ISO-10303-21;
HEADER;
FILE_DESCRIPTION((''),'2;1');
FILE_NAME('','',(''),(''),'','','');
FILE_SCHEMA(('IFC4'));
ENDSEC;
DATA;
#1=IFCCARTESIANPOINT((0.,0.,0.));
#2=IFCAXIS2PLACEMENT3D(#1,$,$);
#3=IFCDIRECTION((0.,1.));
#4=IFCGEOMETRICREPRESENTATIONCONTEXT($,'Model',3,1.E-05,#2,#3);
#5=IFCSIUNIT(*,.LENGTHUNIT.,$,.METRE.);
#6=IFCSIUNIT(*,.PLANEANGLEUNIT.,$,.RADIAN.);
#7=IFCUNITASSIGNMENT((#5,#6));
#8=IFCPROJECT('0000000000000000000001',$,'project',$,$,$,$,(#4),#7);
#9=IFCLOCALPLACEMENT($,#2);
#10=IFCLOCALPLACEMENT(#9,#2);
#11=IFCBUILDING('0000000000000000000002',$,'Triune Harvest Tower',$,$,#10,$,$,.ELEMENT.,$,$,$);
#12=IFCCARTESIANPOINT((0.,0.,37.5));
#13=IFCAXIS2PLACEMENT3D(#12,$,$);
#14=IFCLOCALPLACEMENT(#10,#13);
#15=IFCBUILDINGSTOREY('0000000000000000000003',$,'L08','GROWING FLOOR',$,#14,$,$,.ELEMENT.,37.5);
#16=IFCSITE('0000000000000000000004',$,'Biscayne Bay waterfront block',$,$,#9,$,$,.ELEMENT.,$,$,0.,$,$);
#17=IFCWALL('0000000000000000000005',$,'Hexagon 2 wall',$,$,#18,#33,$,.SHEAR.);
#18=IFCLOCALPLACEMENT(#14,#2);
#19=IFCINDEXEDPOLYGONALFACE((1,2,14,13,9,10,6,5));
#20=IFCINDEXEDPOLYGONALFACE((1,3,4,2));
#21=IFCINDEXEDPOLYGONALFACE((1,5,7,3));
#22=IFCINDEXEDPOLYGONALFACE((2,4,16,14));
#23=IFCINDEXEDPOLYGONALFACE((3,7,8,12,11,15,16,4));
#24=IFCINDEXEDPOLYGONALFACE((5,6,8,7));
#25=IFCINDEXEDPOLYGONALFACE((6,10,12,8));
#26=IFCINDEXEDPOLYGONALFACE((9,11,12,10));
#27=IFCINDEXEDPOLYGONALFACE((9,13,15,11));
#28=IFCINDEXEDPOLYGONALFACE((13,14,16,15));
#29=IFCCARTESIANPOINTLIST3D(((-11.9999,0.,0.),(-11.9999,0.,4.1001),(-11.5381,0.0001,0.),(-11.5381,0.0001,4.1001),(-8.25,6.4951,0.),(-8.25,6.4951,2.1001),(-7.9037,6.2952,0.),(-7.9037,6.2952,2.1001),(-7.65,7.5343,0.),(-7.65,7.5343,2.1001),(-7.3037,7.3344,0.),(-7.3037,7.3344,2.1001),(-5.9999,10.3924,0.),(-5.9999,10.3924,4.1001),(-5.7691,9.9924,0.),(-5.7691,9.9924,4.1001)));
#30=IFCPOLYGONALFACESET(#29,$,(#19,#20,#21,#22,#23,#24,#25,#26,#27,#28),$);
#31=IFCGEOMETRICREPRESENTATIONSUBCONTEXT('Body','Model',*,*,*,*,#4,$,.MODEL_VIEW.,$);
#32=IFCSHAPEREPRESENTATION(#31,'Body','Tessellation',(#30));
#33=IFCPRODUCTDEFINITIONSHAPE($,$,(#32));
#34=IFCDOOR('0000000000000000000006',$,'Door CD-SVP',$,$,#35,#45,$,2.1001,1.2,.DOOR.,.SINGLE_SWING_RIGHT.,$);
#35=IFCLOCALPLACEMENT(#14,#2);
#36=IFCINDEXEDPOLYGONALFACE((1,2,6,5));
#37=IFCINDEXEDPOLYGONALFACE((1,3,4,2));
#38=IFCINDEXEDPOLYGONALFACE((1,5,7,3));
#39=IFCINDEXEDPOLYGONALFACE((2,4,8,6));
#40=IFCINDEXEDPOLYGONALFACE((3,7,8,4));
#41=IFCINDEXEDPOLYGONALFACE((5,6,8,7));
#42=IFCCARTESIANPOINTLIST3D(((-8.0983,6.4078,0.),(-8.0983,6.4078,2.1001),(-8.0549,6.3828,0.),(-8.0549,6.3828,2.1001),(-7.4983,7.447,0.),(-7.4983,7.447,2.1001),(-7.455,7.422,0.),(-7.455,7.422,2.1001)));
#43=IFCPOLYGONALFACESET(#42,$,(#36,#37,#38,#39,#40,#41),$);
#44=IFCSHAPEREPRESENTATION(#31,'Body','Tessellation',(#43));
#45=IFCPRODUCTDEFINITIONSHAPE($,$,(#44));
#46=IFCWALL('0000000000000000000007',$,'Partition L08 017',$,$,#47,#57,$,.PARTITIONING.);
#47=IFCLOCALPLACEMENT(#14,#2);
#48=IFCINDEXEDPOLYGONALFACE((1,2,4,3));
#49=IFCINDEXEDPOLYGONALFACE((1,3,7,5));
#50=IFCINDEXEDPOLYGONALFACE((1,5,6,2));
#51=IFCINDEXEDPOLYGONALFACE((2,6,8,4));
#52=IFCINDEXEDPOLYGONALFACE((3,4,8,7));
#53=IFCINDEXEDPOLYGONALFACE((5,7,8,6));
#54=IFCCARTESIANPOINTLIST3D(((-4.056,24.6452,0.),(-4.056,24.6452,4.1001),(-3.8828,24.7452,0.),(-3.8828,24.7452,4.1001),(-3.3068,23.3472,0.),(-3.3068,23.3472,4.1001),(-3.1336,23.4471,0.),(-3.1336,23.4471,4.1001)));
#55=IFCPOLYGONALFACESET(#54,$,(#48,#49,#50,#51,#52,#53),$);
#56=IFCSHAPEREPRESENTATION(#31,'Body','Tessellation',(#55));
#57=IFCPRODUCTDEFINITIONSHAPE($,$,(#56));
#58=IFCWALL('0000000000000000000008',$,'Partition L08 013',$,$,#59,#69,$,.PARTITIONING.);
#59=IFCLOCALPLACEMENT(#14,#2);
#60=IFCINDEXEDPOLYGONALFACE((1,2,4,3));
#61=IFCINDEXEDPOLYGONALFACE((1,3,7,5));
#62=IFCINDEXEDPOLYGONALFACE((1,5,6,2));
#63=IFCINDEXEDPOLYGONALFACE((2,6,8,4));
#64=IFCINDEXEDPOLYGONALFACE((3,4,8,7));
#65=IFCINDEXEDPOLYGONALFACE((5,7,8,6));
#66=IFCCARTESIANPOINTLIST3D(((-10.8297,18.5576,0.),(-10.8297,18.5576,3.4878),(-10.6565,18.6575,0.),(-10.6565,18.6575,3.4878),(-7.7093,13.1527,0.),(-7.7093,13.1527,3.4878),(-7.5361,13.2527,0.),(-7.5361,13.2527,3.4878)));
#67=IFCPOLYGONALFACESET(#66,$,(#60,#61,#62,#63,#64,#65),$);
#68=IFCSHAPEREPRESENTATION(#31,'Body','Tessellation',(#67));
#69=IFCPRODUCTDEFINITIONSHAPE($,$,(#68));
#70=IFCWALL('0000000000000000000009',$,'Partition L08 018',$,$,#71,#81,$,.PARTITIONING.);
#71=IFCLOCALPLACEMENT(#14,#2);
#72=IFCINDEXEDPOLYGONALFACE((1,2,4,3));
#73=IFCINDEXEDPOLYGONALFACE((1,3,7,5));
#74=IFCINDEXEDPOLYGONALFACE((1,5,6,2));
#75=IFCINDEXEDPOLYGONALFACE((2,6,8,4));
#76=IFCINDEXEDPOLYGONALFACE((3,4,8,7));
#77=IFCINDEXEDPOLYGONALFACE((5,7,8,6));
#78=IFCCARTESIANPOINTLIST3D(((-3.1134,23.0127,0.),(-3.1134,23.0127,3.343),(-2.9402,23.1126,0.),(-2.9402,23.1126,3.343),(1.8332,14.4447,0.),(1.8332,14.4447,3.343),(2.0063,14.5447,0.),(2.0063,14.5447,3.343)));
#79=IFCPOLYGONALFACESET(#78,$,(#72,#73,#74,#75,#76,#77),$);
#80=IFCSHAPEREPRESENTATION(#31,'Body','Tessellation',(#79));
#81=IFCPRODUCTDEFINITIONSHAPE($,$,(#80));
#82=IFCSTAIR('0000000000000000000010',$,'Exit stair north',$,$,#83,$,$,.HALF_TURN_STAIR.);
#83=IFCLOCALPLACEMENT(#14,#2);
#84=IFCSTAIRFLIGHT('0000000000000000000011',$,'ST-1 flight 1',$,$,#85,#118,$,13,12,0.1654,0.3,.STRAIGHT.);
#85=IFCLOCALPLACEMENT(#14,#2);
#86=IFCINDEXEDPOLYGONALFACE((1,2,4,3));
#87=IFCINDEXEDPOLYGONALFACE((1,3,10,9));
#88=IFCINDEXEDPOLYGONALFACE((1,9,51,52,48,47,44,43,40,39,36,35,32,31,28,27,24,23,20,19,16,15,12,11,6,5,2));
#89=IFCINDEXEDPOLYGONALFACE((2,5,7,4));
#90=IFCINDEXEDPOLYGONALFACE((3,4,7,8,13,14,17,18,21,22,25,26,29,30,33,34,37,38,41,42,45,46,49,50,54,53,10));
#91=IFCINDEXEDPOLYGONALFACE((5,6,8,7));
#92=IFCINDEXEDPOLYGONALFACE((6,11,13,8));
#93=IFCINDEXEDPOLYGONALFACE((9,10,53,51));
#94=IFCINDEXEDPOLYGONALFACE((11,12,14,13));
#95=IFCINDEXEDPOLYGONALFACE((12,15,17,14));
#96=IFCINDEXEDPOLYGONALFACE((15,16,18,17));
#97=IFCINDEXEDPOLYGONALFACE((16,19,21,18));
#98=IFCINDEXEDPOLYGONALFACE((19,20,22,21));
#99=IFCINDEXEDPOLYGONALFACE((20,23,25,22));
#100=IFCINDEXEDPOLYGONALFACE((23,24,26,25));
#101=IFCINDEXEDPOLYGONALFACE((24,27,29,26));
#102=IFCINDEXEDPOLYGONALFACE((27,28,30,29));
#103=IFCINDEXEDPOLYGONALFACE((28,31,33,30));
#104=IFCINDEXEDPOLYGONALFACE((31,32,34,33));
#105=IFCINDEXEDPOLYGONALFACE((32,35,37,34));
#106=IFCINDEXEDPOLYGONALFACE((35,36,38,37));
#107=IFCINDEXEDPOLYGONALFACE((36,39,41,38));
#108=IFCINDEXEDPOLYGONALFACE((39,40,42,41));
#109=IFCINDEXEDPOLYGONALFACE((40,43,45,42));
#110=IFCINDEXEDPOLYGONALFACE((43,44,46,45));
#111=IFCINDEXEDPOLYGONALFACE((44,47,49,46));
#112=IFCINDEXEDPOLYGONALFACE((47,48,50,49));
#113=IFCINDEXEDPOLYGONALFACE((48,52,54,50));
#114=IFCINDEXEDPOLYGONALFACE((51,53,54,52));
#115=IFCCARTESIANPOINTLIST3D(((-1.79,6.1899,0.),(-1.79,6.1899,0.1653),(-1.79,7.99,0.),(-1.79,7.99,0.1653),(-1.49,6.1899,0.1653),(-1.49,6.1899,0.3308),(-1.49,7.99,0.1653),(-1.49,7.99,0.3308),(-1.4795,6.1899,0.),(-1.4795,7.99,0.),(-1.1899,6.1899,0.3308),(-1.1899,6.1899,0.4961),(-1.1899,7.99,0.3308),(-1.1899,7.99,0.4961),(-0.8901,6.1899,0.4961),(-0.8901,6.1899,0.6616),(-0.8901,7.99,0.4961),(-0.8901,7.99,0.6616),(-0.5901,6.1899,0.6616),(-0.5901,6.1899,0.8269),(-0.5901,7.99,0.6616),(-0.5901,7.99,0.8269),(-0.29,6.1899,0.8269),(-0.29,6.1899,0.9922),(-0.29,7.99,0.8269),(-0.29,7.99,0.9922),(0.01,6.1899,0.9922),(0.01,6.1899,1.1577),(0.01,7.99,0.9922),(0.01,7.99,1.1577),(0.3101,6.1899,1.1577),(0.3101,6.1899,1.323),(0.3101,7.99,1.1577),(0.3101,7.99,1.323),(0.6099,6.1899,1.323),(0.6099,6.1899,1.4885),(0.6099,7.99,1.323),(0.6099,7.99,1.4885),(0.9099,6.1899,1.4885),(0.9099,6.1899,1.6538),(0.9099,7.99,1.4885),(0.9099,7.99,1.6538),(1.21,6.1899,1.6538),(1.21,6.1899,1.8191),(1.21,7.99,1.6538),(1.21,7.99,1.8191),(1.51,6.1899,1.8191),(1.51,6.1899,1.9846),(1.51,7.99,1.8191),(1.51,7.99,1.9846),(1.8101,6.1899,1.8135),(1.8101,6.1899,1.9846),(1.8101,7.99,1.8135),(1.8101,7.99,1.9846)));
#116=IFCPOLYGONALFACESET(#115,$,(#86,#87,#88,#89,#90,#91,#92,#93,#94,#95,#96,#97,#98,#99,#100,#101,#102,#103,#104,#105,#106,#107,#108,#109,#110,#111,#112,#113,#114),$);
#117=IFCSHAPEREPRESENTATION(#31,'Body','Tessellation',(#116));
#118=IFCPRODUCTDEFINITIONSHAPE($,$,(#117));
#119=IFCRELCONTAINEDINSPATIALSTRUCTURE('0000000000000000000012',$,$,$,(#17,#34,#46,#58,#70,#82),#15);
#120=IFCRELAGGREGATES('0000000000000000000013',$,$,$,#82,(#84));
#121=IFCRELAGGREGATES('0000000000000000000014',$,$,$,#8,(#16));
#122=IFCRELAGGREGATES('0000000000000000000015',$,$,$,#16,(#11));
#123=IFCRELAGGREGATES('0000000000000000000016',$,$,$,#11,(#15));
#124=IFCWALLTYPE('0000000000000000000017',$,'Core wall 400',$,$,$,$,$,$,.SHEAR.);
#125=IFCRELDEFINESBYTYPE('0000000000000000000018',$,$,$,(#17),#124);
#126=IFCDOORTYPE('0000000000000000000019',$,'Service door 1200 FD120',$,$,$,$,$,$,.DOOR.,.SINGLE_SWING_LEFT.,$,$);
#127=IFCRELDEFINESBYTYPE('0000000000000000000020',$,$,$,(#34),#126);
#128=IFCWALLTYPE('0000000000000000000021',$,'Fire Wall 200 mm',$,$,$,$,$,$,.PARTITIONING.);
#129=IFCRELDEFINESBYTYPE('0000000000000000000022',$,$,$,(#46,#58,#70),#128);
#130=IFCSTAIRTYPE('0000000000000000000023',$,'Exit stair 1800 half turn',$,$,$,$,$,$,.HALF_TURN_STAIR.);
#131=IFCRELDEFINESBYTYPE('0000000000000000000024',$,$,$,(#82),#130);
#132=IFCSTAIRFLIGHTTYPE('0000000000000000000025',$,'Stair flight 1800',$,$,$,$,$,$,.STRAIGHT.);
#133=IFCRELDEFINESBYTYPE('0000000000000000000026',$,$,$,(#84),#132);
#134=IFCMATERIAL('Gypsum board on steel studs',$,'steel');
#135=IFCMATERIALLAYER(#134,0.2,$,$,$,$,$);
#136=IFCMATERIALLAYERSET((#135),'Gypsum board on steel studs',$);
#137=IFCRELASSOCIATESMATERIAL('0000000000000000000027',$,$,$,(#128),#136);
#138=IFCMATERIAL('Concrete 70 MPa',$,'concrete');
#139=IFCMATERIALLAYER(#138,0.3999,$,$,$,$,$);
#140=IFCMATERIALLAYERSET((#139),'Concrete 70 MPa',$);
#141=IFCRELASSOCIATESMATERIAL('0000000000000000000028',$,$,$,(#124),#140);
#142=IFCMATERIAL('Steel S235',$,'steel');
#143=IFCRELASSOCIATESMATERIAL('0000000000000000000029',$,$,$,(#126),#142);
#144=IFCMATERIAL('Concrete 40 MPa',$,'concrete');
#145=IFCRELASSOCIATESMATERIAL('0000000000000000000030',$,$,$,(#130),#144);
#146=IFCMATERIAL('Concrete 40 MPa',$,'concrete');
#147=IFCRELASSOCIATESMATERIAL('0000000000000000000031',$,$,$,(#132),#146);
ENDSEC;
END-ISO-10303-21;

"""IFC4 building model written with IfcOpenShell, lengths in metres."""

from ifc_helpers import new_model, si_unit, direction, frame, frame_2d, origin, place, context, subcontext, project, spatial, polyline, rectangle, outline, extrude, source, transform, mapped, material, layer, layer_set, type_object, element, fill, aggregate, save


model = new_model("IFC4")

# Units and contexts
model_context = context("Model", 3, precision=1e-05, world=origin(), true_north=direction((0.0, 1.0)))
body_context = subcontext(model_context, "Body", "Model", "MODEL_VIEW")
ifc_project = project(units=[si_unit("LENGTHUNIT", "METRE"), si_unit("PLANEANGLEUNIT", "RADIAN")], contexts=[model_context])

# Site, building, storey
site_placement = place(None, origin())
site = spatial("IfcSite", under=ifc_project, at=site_placement, Name="Biscayne Bay waterfront block", CompositionType="ELEMENT", RefElevation=0.0)
building_placement = place(site_placement, origin())
building = spatial("IfcBuilding", under=site, at=building_placement, Name="Triune Harvest Tower", CompositionType="ELEMENT")
storey_placement = place(building_placement, frame((0.0, 0.0, 37.5)))
storey = spatial("IfcBuildingStorey", under=building, at=storey_placement, Name="L08", Description="GROWING FLOOR", CompositionType="ELEMENT", Elevation=37.5)

# Wall, opening, door
ifc_material_1 = material(Name="Gypsum board on steel studs", Category="steel")
ifc_layer_1 = layer(ifc_material_1, 0.2)
ifc_layer_set_1 = layer_set([ifc_layer_1], Name="Gypsum board on steel studs")
wall_type_1 = type_object("IfcWallType", Name="Fire Wall 200 mm", PredefinedType="PARTITIONING", material=ifc_layer_set_1)
ifc_material_2 = material(Name="Concrete 70 MPa", Category="concrete")
ifc_layer_2 = layer(ifc_material_2, 0.3999)
ifc_layer_set_2 = layer_set([ifc_layer_2], Name="Concrete 70 MPa")
wall_type_2 = type_object("IfcWallType", Name="Core wall 400", PredefinedType="SHEAR", material=ifc_layer_set_2)
shared_shape_1 = source(origin(), body_context, "Body", "SweptSolid", [
    extrude(outline(polyline([(-0.1155, -0.2), (11.8845, -0.2), (11.6536, 0.2), (0.1155, 0.2), (-0.1155, -0.2)])), origin(), (0.0, 0.0, 1.0), 4.1001),
])
wall_1_placement = place(storey_placement, frame((-5.8845, 10.1924, 0.0), z_axis=(0.0, 0.0, 1.0), x_axis=(-0.499997, -0.866027, 0.0)))
wall_1 = element("IfcWall", 1, at=wall_1_placement, inside=storey, type_object=wall_type_2, Name="Hexagon 2 wall", PredefinedType="SHEAR", context=body_context, shape_type="MappedRepresentation", body=[
    mapped(shared_shape_1, transform((0.0, 0.0, 0.0), scale=1.0)),
])
opening_1_placement = place(wall_1_placement, frame((3.1846, 0.0, 0.0)))
opening_1 = element("IfcOpeningElement", 2, at=opening_1_placement, cuts=wall_1, PredefinedType="OPENING", context=body_context, shape_type="SweptSolid", body=[
    extrude(rectangle(XDim=1.2, YDim=2.1001, at=frame_2d((0.6001, 1.05))), frame((0.0, 0.21, 0.0), z_axis=(0.0, -1.0, 0.0), x_axis=(1.0, 0.0, 0.0)), (0.0, 0.0, 1.0), 0.4199),
])
ifc_material_3 = material(Name="Steel S235", Category="steel")
door_type_1 = type_object("IfcDoorType", Name="Service door 1200 FD120", OperationType="SINGLE_SWING_LEFT", PredefinedType="DOOR", material=ifc_material_3)
door_1_placement = place(opening_1_placement, frame((1.2, 0.0, 0.0), z_axis=(0.0, 0.0, 1.0), x_axis=(-1.0, 0.0, 0.0)))
door_1 = element("IfcDoor", 3, at=door_1_placement, inside=storey, type_object=door_type_1, Name="Door CD-SVP", OperationType="SINGLE_SWING_RIGHT", OverallHeight=2.1001, OverallWidth=1.2, PredefinedType="DOOR", context=body_context, shape_type="SweptSolid", body=[
    extrude(rectangle(XDim=1.2, YDim=2.1001, at=frame_2d((0.6001, 1.05))), frame((0.0, 0.0249, 0.0), z_axis=(0.0, -1.0, 0.0), x_axis=(1.0, 0.0, 0.0)), (0.0, 0.0, 1.0), 0.05),
])
fill(opening_1, door_1)

# Walls
shared_shape_2 = source(origin(), body_context, "Body", "SweptSolid", [
    extrude(rectangle(XDim=1.4988, YDim=0.2, at=frame_2d((0.7495, 0.0))), origin(), (0.0, 0.0, 1.0), 4.1001),
])
wall_2_placement = place(storey_placement, frame((-3.9695, 24.6953, 0.0), z_axis=(0.0, 0.0, 1.0), x_axis=(0.499906, -0.86608, 0.0)))
element("IfcWall", 4, at=wall_2_placement, inside=storey, type_object=wall_type_1, Name="Partition L08 017", PredefinedType="PARTITIONING", context=body_context, shape_type="MappedRepresentation", body=[
    mapped(shared_shape_2, transform((0.0, 0.0, 0.0), scale=1.0)),
])
shared_shape_3 = source(origin(), body_context, "Body", "SweptSolid", [
    extrude(rectangle(XDim=6.241, YDim=0.2, at=frame_2d((3.1206, 0.0))), origin(), (0.0, 0.0, 1.0), 3.4878),
])
wall_3_placement = place(storey_placement, frame((-10.7432, 18.6077, 0.0), z_axis=(0.0, 0.0, 1.0), x_axis=(0.499989, -0.866032, 0.0)))
element("IfcWall", 5, at=wall_3_placement, inside=storey, type_object=wall_type_1, Name="Partition L08 013", PredefinedType="PARTITIONING", context=body_context, shape_type="MappedRepresentation", body=[
    mapped(shared_shape_3, transform((0.0, 0.0, 0.0), scale=1.0)),
])
shared_shape_4 = source(origin(), body_context, "Body", "SweptSolid", [
    extrude(rectangle(XDim=9.8933, YDim=0.2, at=frame_2d((4.9468, 0.0))), origin(), (0.0, 0.0, 1.0), 3.343),
])
wall_4_placement = place(storey_placement, frame((-3.0269, 23.0627, 0.0), z_axis=(0.0, 0.0, 1.0), x_axis=(0.49999, -0.866031, 0.0)))
element("IfcWall", 6, at=wall_4_placement, inside=storey, type_object=wall_type_1, Name="Partition L08 018", PredefinedType="PARTITIONING", context=body_context, shape_type="MappedRepresentation", body=[
    mapped(shared_shape_4, transform((0.0, 0.0, 0.0), scale=1.0)),
])

# Stair, stair flight
ifc_material_4 = material(Name="Concrete 40 MPa", Category="concrete")
stair_type = type_object("IfcStairType", Name="Exit stair 1800 half turn", PredefinedType="HALF_TURN_STAIR", material=ifc_material_4)
stair_placement = place(storey_placement, origin())
stair = element("IfcStair", 7, at=stair_placement, inside=storey, type_object=stair_type, Name="Exit stair north", PredefinedType="HALF_TURN_STAIR")
ifc_material_5 = material(Name="Concrete 40 MPa", Category="concrete")
stair_flight_type = type_object("IfcStairFlightType", Name="Stair flight 1800", PredefinedType="STRAIGHT", material=ifc_material_5)
shared_shape_5 = source(origin(), body_context, "Body", "SweptSolid", [
    extrude(outline(polyline([(0.0, 0.0), (0.0, 0.1653), (0.3, 0.1653), (0.3, 0.3308), (0.6001, 0.3308), (0.6001, 0.4961), (0.8999, 0.4961), (0.8999, 0.6616), (1.2, 0.6616), (1.2, 0.8269), (1.5, 0.8269), (1.5, 0.9922), (1.8, 0.9922), (1.8, 1.1577), (2.1001, 1.1577), (2.1001, 1.323), (2.3999, 1.323), (2.3999, 1.4885), (2.7, 1.4885), (2.7, 1.6538), (3.0, 1.6538), (3.0, 1.8191), (3.3, 1.8191), (3.3, 1.9846), (3.6001, 1.9846), (3.6001, 2.1499), (3.6001, 1.8135), (0.3105, 0.0), (0.0, 0.0)])), frame((0.0, 0.8999, 0.0), z_axis=(0.0, -1.0, 0.0), x_axis=(1.0, 0.0, 0.0)), (0.0, 0.0, 1.0), 1.8),
])
stair_flight_placement = place(storey_placement, frame((-1.79, 7.0901, 0.0), z_axis=(0.0, 0.0, 1.0), x_axis=(1.0, 0.0, 0.0)))
stair_flight = element("IfcStairFlight", 8, at=stair_flight_placement, type_object=stair_flight_type, Name="ST-1 flight 1", NumberOfRisers=13, NumberOfTreads=12, PredefinedType="STRAIGHT", RiserHeight=0.1654, TreadLength=0.3, context=body_context, shape_type="MappedRepresentation", body=[
    mapped(shared_shape_5, transform((0.0, 0.0, 0.0), scale=1.0)),
])
aggregate(stair, [stair_flight])

save(model, "model.ifc")
